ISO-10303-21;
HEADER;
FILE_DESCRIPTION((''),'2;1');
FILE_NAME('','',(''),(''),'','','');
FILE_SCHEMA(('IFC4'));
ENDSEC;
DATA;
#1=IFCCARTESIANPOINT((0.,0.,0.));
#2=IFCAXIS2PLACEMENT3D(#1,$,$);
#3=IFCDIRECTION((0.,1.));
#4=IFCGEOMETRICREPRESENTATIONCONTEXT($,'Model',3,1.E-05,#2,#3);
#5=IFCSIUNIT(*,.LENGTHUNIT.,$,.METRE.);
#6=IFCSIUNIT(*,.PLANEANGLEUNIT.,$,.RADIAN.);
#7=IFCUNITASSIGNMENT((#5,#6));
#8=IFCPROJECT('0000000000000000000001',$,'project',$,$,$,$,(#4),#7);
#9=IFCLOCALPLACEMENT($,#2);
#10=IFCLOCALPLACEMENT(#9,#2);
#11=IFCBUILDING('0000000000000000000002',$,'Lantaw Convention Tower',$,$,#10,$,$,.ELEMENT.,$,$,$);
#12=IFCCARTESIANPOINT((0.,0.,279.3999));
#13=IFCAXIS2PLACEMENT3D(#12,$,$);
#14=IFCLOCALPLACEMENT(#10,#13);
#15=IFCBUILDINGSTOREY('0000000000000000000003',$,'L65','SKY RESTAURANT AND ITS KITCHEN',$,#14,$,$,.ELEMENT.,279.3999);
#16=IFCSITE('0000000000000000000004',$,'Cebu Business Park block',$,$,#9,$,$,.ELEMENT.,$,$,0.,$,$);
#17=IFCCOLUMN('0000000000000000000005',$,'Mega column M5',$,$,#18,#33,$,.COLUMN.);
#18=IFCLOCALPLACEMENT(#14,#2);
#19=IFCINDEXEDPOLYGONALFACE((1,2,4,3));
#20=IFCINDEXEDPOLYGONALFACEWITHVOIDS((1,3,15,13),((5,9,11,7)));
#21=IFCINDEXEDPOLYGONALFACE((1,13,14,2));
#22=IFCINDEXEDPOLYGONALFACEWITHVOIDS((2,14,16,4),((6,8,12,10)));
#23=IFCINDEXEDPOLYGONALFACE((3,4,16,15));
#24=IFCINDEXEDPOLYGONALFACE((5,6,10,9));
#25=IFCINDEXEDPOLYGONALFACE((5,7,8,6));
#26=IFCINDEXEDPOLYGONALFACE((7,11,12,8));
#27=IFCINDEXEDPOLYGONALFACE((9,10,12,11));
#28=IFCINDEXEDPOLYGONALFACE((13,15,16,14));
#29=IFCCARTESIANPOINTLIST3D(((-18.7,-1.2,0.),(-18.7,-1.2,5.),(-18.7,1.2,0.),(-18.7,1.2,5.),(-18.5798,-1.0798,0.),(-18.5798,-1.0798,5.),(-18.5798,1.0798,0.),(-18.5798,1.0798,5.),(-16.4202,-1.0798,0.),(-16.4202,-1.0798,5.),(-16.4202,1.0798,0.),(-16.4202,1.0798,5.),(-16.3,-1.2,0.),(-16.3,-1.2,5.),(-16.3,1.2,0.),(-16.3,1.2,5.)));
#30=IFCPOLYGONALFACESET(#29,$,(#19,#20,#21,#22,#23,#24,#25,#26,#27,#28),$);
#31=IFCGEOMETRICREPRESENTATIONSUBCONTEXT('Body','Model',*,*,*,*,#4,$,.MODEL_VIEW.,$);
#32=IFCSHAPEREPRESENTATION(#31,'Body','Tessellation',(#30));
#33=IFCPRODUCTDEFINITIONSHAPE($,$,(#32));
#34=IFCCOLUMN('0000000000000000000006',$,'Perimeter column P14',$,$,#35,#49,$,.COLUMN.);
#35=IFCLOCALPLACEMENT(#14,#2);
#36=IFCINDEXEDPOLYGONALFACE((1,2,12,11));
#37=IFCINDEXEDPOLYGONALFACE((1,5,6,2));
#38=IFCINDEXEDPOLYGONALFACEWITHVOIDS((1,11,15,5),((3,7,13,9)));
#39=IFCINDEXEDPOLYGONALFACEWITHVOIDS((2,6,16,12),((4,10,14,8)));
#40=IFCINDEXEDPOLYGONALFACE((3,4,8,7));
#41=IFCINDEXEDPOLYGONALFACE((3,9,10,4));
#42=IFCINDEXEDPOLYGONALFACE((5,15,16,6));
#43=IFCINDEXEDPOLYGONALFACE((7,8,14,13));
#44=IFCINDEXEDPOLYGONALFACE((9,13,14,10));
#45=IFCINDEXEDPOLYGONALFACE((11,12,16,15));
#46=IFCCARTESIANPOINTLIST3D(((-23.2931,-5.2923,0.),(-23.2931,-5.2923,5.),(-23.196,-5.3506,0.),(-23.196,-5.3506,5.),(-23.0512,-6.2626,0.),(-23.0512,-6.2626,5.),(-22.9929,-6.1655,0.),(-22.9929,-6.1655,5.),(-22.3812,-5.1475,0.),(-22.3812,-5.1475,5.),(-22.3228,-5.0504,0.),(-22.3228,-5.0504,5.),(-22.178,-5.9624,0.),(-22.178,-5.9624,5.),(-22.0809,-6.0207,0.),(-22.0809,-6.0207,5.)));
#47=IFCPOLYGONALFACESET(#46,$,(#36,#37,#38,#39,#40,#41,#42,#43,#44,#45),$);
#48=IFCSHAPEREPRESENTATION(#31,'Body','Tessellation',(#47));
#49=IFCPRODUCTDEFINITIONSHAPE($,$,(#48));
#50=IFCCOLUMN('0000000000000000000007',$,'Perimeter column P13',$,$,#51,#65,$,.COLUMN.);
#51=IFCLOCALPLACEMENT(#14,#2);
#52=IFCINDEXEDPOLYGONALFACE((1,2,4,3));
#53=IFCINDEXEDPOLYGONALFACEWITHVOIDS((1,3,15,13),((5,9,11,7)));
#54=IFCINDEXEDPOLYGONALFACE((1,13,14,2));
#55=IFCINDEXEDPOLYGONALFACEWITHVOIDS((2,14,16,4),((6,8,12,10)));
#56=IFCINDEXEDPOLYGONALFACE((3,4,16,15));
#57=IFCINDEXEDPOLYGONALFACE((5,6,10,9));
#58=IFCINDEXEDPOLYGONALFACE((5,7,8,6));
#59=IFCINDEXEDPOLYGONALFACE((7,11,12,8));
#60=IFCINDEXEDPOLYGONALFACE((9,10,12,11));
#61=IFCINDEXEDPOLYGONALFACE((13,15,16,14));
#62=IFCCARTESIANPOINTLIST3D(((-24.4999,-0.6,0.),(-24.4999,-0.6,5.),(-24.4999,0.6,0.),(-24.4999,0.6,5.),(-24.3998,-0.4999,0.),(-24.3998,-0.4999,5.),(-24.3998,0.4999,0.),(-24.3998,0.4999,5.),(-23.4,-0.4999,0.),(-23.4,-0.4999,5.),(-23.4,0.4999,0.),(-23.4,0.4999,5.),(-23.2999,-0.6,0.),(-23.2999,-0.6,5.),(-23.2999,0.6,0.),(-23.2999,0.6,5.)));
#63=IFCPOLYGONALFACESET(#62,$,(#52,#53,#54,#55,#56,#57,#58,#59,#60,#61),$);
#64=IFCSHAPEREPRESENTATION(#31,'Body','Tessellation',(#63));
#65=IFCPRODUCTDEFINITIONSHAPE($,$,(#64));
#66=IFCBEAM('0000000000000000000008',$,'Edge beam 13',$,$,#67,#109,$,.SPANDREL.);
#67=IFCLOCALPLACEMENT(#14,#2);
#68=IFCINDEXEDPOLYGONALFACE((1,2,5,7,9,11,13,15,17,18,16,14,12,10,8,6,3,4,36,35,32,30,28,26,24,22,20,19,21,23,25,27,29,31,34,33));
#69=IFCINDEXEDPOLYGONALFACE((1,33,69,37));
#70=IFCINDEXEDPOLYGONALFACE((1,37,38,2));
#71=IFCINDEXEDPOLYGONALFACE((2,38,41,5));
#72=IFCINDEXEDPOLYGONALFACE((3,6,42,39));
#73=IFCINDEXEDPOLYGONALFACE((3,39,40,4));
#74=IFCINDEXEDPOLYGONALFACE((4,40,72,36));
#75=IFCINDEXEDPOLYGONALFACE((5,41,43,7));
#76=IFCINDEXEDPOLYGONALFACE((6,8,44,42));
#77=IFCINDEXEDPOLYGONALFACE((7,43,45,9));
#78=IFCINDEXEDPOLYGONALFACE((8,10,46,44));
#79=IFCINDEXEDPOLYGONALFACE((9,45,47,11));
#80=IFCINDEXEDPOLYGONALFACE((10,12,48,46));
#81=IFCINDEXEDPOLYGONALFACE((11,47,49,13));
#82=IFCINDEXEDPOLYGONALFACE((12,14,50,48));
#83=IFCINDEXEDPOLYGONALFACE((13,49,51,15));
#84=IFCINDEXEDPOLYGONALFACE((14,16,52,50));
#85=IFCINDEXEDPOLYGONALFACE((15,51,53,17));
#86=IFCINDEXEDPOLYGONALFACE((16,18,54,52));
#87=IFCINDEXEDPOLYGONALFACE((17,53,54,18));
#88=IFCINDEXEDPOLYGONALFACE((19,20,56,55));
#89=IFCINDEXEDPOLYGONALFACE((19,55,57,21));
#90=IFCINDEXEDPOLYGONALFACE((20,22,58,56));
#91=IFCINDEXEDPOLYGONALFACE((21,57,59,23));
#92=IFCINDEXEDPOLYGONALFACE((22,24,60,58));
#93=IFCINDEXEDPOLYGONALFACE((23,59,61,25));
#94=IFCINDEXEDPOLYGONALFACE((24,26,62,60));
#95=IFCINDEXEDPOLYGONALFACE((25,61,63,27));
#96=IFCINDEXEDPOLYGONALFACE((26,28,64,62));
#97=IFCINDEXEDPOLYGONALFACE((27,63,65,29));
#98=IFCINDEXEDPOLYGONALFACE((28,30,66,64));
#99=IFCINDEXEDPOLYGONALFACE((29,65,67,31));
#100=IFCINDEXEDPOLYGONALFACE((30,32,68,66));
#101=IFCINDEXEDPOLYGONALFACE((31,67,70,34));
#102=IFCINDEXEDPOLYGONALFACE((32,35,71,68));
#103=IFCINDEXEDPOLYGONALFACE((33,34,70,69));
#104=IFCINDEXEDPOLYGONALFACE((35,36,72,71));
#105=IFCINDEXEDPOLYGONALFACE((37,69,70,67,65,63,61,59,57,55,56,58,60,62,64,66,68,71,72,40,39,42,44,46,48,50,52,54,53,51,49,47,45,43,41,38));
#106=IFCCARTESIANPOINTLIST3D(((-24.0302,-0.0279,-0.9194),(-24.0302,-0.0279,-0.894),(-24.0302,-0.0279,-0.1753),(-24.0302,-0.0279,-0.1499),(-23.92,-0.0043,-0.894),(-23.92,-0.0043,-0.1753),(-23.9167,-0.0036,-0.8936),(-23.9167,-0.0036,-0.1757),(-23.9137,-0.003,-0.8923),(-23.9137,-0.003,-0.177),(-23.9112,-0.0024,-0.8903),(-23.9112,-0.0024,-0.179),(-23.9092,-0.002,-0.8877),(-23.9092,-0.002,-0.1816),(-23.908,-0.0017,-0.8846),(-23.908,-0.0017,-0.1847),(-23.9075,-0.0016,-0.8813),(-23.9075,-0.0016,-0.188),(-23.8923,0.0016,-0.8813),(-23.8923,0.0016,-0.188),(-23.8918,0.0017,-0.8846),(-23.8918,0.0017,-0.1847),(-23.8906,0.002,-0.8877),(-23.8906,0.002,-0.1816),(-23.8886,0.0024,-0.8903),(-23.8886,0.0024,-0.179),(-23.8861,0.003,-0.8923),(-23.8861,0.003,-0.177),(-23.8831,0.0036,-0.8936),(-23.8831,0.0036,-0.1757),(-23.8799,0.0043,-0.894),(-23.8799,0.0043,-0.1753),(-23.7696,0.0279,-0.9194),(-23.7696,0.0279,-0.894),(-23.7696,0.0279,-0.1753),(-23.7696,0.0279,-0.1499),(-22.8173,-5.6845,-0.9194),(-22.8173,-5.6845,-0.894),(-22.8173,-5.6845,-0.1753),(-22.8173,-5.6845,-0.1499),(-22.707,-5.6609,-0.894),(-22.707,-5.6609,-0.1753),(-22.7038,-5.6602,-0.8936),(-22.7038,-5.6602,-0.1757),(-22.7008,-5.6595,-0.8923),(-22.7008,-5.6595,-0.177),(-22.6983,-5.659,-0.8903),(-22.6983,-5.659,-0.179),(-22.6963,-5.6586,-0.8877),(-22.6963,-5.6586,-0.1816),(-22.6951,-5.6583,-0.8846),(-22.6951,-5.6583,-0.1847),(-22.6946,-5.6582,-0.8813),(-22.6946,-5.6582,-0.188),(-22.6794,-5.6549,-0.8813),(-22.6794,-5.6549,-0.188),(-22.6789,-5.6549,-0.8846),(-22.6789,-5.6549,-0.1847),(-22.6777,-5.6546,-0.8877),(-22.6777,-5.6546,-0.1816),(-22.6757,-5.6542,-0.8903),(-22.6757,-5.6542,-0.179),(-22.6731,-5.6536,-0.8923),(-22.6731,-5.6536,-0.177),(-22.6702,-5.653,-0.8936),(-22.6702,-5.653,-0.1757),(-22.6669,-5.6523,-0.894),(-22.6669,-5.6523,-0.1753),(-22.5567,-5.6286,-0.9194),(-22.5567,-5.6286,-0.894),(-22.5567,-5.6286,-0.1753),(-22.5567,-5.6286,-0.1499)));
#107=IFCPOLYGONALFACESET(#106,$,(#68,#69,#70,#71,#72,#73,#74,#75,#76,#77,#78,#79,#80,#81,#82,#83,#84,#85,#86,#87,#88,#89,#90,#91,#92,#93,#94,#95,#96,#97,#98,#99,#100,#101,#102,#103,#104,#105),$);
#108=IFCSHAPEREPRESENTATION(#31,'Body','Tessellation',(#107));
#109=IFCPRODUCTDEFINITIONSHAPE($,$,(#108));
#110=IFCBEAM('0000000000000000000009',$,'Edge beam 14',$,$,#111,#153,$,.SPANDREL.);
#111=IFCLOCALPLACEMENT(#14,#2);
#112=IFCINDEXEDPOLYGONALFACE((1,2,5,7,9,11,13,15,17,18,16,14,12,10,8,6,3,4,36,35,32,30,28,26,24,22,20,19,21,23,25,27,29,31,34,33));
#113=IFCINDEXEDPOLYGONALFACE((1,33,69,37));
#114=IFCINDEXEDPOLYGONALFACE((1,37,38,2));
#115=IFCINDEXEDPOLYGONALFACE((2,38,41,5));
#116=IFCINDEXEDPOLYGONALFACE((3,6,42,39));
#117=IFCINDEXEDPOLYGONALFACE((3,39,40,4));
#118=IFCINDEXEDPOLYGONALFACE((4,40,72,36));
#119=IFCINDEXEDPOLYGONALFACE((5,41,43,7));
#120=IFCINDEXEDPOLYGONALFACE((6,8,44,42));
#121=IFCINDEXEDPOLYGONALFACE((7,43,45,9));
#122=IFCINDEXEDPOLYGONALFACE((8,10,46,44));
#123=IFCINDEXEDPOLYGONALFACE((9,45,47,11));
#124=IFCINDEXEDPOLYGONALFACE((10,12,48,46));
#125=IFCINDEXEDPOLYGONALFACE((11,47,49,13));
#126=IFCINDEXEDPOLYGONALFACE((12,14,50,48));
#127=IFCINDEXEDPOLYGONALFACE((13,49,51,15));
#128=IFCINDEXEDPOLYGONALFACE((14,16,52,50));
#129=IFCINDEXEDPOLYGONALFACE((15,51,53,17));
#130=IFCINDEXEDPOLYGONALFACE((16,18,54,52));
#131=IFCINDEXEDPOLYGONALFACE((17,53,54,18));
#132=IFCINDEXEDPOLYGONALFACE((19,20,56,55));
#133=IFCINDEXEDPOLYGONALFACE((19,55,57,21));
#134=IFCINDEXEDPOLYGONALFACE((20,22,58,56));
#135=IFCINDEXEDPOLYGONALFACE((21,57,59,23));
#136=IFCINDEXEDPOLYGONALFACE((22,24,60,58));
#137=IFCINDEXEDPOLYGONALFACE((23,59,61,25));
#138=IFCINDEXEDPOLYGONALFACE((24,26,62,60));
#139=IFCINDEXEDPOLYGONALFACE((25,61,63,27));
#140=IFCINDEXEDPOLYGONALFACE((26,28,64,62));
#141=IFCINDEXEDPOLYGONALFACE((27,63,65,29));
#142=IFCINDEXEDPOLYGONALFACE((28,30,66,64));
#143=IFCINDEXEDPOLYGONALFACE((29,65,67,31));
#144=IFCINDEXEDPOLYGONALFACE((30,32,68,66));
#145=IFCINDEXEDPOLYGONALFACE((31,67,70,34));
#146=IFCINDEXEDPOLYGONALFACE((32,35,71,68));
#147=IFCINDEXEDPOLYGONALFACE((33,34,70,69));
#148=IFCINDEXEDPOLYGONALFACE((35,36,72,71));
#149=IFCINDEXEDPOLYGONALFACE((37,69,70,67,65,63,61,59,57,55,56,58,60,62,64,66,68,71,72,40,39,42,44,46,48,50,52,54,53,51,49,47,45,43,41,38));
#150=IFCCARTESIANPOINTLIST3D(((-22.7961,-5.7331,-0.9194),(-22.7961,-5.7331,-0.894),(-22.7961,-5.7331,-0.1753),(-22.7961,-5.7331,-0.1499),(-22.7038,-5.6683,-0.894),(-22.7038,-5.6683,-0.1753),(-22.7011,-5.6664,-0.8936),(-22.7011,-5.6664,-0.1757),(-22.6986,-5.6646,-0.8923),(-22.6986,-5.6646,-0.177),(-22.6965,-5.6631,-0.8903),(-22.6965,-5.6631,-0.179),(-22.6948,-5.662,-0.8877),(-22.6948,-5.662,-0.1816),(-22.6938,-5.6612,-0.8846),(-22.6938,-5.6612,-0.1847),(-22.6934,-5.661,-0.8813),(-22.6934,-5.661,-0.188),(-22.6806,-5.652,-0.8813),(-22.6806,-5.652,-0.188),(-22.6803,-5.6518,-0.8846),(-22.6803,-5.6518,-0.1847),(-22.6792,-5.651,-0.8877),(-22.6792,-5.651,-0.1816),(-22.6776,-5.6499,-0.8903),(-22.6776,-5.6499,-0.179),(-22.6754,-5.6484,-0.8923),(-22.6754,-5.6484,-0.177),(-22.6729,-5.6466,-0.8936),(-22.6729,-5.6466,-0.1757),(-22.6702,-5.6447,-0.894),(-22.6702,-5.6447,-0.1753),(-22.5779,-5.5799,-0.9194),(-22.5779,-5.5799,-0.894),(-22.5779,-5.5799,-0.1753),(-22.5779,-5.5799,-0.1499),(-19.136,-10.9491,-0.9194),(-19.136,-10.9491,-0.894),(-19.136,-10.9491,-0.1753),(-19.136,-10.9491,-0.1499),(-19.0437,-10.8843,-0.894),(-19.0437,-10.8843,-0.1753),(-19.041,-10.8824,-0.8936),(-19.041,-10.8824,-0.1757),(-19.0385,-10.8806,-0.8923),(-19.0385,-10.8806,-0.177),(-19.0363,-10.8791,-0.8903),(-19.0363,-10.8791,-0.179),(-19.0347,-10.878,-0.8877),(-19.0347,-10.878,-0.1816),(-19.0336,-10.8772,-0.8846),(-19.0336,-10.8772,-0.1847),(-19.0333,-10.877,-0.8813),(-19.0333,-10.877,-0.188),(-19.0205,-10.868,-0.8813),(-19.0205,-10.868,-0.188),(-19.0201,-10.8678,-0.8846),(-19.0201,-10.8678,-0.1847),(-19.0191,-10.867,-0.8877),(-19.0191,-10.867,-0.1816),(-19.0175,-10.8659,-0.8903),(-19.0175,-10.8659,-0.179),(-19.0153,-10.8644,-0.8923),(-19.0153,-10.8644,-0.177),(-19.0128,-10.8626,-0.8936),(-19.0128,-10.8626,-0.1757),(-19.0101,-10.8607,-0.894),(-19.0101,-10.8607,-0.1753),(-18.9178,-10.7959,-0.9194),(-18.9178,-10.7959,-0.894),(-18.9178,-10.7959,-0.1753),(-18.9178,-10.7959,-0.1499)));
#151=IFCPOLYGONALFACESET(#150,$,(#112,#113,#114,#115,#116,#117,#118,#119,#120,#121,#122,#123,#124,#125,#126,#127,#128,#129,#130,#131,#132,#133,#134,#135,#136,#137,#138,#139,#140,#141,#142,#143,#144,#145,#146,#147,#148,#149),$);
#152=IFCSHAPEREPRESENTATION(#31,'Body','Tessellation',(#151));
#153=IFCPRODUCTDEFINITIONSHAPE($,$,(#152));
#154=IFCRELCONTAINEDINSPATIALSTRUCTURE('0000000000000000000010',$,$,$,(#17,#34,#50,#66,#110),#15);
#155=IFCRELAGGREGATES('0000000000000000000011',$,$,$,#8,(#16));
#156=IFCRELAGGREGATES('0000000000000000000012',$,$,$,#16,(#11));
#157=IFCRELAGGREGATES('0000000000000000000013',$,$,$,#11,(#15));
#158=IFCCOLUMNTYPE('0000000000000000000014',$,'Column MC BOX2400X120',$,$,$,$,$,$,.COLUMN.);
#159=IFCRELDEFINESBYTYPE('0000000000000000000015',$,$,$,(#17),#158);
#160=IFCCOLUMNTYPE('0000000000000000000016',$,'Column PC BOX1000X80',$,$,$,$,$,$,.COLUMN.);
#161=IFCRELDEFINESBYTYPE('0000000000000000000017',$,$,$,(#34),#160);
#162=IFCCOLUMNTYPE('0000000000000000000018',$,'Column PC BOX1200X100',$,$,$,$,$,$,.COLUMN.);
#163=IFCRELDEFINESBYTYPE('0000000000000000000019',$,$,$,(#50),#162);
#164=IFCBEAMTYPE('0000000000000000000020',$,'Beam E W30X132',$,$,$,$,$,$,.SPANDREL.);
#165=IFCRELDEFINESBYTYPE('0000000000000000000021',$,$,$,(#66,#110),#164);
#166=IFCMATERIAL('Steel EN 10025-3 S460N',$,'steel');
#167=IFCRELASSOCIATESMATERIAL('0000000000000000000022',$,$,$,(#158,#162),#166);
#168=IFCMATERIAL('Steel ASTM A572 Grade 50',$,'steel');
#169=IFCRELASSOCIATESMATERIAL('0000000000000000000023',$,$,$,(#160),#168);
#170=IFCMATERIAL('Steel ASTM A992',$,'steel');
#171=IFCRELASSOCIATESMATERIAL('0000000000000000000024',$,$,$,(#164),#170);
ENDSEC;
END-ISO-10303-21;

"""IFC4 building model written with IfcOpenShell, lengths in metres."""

from ifc_helpers import new_model, si_unit, direction, frame, origin, origin_2d, place, context, subcontext, project, spatial, rectangle, hollow_rectangle, i_section, extrude, material, material_profile, profile_set, type_object, element, save


model = new_model("IFC4")

# Units and contexts
model_context = context("Model", 3, precision=1e-05, world=origin(), true_north=direction((0.0, 1.0)))
body_context = subcontext(model_context, "Body", "Model", "MODEL_VIEW")
ifc_project = project(units=[si_unit("LENGTHUNIT", "METRE"), si_unit("PLANEANGLEUNIT", "RADIAN")], contexts=[model_context])

# Site, building, storey
site_placement = place(None, origin())
site = spatial("IfcSite", under=ifc_project, at=site_placement, Name="Cebu Business Park block", CompositionType="ELEMENT", RefElevation=0.0)
building_placement = place(site_placement, origin())
building = spatial("IfcBuilding", under=site, at=building_placement, Name="Lantaw Convention Tower", CompositionType="ELEMENT")
storey_placement = place(building_placement, frame((0.0, 0.0, 279.3999)))
storey = spatial("IfcBuildingStorey", under=building, at=storey_placement, Name="L65", Description="SKY RESTAURANT AND ITS KITCHEN", CompositionType="ELEMENT", Elevation=279.3999)

# Columns
ifc_material_1 = material(Name="Steel EN 10025-3 S460N", Category="steel")
ifc_material_profile_1 = material_profile(ifc_material_1, hollow_rectangle(XDim=2.3999, YDim=2.3999, WallThickness=0.1201, at=origin_2d()), Name="BOX2400X120")
ifc_material_2 = material(Name="Concrete C60/75", Category="concrete")
ifc_material_profile_2 = material_profile(ifc_material_2, rectangle(XDim=2.1599, YDim=2.1599, at=origin_2d()), Name="Concrete fill of BOX2400X120")
ifc_profile_set_1 = profile_set([ifc_material_profile_1, ifc_material_profile_2], Name="Steel EN 10025-3 S460N")
column_type_1 = type_object("IfcColumnType", Name="Column MC BOX2400X120", PredefinedType="COLUMN", material=ifc_profile_set_1)
column_1_placement = place(storey_placement, frame((-17.5, 0.0, 0.0), z_axis=(0.0, 0.0, 1.0), x_axis=(1.0, 0.0, 0.0)))
element("IfcColumn", 1, at=column_1_placement, inside=storey, type_object=column_type_1, Name="Mega column M5", PredefinedType="COLUMN", context=body_context, shape_type="SweptSolid", body=[
    extrude(hollow_rectangle(XDim=2.3999, YDim=2.3999, WallThickness=0.1201, at=origin_2d()), origin(), (0.0, 0.0, 1.0), 5.0),
])
ifc_material_3 = material(Name="Steel ASTM A572 Grade 50", Category="steel")
ifc_material_profile_3 = material_profile(ifc_material_3, hollow_rectangle(XDim=1.0, YDim=1.0, WallThickness=0.0801, at=origin_2d()), Name="BOX1000X80")
ifc_material_profile_4 = material_profile(ifc_material_2, rectangle(XDim=0.8401, YDim=0.8401, at=origin_2d()), Name="Concrete fill of BOX1000X80")
ifc_profile_set_2 = profile_set([ifc_material_profile_3, ifc_material_profile_4], Name="Steel ASTM A572 Grade 50")
column_type_2 = type_object("IfcColumnType", Name="Column PC BOX1000X80", PredefinedType="COLUMN", material=ifc_profile_set_2)
column_2_placement = place(storey_placement, frame((-22.687, -5.6565, 0.0), z_axis=(0.0, 0.0, 1.0), x_axis=(0.970296, 0.241922, 0.0)))
element("IfcColumn", 2, at=column_2_placement, inside=storey, type_object=column_type_2, Name="Perimeter column P14", PredefinedType="COLUMN", context=body_context, shape_type="SweptSolid", body=[
    extrude(hollow_rectangle(XDim=1.0, YDim=1.0, WallThickness=0.0801, at=origin_2d()), origin(), (0.0, 0.0, 1.0), 5.0),
])
ifc_material_profile_5 = material_profile(ifc_material_1, hollow_rectangle(XDim=1.2, YDim=1.2, WallThickness=0.1001, at=origin_2d()), Name="BOX1200X100")
ifc_material_profile_6 = material_profile(ifc_material_2, rectangle(XDim=1.0, YDim=1.0, at=origin_2d()), Name="Concrete fill of BOX1200X100")
ifc_profile_set_3 = profile_set([ifc_material_profile_5, ifc_material_profile_6], Name="Steel EN 10025-3 S460N")
column_type_3 = type_object("IfcColumnType", Name="Column PC BOX1200X100", PredefinedType="COLUMN", material=ifc_profile_set_3)
column_3_placement = place(storey_placement, frame((-23.8999, 0.0, 0.0), z_axis=(0.0, 0.0, 1.0), x_axis=(1.0, 0.0, 0.0)))
element("IfcColumn", 3, at=column_3_placement, inside=storey, type_object=column_type_3, Name="Perimeter column P13", PredefinedType="COLUMN", context=body_context, shape_type="SweptSolid", body=[
    extrude(hollow_rectangle(XDim=1.2, YDim=1.2, WallThickness=0.1001, at=origin_2d()), origin(), (0.0, 0.0, 1.0), 5.0),
])

# Beams
ifc_material_4 = material(Name="Steel ASTM A992", Category="steel")
ifc_material_profile_7 = material_profile(ifc_material_4, i_section(OverallWidth=0.2666, OverallDepth=0.7695, WebThickness=0.0156, FlangeThickness=0.0254, FilletRadius=0.0127, at=origin_2d()), Name="W30X132")
ifc_profile_set_4 = profile_set([ifc_material_profile_7], Name="Steel ASTM A992")
beam_type_1 = type_object("IfcBeamType", Name="Beam E W30X132", PredefinedType="SPANDREL", material=ifc_profile_set_4)
beam_1_placement = place(storey_placement, frame((-23.8999, 0.0, -0.5347), z_axis=(0.209659, -0.977775, 0.0), x_axis=(0.977775, 0.209659, 0.0)))
element("IfcBeam", 4, at=beam_1_placement, inside=storey, type_object=beam_type_1, Name="Edge beam 13", PredefinedType="SPANDREL", context=body_context, shape_type="SweptSolid", body=[
    extrude(i_section(OverallWidth=0.2666, OverallDepth=0.7695, WebThickness=0.0156, FlangeThickness=0.0254, FilletRadius=0.0127, at=origin_2d()), origin(), (0.0, 0.0, 1.0), 5.7852),
])
beam_2_placement = place(storey_placement, frame((-22.687, -5.6565, -0.5347), z_axis=(0.574401, -0.818574, 0.0), x_axis=(0.818574, 0.574401, 0.0)))
element("IfcBeam", 5, at=beam_2_placement, inside=storey, type_object=beam_type_1, Name="Edge beam 14", PredefinedType="SPANDREL", context=body_context, shape_type="SweptSolid", body=[
    extrude(i_section(OverallWidth=0.2666, OverallDepth=0.7695, WebThickness=0.0156, FlangeThickness=0.0254, FilletRadius=0.0127, at=origin_2d()), origin(), (0.0, 0.0, 1.0), 6.3721),
])

save(model, "model.ifc")
